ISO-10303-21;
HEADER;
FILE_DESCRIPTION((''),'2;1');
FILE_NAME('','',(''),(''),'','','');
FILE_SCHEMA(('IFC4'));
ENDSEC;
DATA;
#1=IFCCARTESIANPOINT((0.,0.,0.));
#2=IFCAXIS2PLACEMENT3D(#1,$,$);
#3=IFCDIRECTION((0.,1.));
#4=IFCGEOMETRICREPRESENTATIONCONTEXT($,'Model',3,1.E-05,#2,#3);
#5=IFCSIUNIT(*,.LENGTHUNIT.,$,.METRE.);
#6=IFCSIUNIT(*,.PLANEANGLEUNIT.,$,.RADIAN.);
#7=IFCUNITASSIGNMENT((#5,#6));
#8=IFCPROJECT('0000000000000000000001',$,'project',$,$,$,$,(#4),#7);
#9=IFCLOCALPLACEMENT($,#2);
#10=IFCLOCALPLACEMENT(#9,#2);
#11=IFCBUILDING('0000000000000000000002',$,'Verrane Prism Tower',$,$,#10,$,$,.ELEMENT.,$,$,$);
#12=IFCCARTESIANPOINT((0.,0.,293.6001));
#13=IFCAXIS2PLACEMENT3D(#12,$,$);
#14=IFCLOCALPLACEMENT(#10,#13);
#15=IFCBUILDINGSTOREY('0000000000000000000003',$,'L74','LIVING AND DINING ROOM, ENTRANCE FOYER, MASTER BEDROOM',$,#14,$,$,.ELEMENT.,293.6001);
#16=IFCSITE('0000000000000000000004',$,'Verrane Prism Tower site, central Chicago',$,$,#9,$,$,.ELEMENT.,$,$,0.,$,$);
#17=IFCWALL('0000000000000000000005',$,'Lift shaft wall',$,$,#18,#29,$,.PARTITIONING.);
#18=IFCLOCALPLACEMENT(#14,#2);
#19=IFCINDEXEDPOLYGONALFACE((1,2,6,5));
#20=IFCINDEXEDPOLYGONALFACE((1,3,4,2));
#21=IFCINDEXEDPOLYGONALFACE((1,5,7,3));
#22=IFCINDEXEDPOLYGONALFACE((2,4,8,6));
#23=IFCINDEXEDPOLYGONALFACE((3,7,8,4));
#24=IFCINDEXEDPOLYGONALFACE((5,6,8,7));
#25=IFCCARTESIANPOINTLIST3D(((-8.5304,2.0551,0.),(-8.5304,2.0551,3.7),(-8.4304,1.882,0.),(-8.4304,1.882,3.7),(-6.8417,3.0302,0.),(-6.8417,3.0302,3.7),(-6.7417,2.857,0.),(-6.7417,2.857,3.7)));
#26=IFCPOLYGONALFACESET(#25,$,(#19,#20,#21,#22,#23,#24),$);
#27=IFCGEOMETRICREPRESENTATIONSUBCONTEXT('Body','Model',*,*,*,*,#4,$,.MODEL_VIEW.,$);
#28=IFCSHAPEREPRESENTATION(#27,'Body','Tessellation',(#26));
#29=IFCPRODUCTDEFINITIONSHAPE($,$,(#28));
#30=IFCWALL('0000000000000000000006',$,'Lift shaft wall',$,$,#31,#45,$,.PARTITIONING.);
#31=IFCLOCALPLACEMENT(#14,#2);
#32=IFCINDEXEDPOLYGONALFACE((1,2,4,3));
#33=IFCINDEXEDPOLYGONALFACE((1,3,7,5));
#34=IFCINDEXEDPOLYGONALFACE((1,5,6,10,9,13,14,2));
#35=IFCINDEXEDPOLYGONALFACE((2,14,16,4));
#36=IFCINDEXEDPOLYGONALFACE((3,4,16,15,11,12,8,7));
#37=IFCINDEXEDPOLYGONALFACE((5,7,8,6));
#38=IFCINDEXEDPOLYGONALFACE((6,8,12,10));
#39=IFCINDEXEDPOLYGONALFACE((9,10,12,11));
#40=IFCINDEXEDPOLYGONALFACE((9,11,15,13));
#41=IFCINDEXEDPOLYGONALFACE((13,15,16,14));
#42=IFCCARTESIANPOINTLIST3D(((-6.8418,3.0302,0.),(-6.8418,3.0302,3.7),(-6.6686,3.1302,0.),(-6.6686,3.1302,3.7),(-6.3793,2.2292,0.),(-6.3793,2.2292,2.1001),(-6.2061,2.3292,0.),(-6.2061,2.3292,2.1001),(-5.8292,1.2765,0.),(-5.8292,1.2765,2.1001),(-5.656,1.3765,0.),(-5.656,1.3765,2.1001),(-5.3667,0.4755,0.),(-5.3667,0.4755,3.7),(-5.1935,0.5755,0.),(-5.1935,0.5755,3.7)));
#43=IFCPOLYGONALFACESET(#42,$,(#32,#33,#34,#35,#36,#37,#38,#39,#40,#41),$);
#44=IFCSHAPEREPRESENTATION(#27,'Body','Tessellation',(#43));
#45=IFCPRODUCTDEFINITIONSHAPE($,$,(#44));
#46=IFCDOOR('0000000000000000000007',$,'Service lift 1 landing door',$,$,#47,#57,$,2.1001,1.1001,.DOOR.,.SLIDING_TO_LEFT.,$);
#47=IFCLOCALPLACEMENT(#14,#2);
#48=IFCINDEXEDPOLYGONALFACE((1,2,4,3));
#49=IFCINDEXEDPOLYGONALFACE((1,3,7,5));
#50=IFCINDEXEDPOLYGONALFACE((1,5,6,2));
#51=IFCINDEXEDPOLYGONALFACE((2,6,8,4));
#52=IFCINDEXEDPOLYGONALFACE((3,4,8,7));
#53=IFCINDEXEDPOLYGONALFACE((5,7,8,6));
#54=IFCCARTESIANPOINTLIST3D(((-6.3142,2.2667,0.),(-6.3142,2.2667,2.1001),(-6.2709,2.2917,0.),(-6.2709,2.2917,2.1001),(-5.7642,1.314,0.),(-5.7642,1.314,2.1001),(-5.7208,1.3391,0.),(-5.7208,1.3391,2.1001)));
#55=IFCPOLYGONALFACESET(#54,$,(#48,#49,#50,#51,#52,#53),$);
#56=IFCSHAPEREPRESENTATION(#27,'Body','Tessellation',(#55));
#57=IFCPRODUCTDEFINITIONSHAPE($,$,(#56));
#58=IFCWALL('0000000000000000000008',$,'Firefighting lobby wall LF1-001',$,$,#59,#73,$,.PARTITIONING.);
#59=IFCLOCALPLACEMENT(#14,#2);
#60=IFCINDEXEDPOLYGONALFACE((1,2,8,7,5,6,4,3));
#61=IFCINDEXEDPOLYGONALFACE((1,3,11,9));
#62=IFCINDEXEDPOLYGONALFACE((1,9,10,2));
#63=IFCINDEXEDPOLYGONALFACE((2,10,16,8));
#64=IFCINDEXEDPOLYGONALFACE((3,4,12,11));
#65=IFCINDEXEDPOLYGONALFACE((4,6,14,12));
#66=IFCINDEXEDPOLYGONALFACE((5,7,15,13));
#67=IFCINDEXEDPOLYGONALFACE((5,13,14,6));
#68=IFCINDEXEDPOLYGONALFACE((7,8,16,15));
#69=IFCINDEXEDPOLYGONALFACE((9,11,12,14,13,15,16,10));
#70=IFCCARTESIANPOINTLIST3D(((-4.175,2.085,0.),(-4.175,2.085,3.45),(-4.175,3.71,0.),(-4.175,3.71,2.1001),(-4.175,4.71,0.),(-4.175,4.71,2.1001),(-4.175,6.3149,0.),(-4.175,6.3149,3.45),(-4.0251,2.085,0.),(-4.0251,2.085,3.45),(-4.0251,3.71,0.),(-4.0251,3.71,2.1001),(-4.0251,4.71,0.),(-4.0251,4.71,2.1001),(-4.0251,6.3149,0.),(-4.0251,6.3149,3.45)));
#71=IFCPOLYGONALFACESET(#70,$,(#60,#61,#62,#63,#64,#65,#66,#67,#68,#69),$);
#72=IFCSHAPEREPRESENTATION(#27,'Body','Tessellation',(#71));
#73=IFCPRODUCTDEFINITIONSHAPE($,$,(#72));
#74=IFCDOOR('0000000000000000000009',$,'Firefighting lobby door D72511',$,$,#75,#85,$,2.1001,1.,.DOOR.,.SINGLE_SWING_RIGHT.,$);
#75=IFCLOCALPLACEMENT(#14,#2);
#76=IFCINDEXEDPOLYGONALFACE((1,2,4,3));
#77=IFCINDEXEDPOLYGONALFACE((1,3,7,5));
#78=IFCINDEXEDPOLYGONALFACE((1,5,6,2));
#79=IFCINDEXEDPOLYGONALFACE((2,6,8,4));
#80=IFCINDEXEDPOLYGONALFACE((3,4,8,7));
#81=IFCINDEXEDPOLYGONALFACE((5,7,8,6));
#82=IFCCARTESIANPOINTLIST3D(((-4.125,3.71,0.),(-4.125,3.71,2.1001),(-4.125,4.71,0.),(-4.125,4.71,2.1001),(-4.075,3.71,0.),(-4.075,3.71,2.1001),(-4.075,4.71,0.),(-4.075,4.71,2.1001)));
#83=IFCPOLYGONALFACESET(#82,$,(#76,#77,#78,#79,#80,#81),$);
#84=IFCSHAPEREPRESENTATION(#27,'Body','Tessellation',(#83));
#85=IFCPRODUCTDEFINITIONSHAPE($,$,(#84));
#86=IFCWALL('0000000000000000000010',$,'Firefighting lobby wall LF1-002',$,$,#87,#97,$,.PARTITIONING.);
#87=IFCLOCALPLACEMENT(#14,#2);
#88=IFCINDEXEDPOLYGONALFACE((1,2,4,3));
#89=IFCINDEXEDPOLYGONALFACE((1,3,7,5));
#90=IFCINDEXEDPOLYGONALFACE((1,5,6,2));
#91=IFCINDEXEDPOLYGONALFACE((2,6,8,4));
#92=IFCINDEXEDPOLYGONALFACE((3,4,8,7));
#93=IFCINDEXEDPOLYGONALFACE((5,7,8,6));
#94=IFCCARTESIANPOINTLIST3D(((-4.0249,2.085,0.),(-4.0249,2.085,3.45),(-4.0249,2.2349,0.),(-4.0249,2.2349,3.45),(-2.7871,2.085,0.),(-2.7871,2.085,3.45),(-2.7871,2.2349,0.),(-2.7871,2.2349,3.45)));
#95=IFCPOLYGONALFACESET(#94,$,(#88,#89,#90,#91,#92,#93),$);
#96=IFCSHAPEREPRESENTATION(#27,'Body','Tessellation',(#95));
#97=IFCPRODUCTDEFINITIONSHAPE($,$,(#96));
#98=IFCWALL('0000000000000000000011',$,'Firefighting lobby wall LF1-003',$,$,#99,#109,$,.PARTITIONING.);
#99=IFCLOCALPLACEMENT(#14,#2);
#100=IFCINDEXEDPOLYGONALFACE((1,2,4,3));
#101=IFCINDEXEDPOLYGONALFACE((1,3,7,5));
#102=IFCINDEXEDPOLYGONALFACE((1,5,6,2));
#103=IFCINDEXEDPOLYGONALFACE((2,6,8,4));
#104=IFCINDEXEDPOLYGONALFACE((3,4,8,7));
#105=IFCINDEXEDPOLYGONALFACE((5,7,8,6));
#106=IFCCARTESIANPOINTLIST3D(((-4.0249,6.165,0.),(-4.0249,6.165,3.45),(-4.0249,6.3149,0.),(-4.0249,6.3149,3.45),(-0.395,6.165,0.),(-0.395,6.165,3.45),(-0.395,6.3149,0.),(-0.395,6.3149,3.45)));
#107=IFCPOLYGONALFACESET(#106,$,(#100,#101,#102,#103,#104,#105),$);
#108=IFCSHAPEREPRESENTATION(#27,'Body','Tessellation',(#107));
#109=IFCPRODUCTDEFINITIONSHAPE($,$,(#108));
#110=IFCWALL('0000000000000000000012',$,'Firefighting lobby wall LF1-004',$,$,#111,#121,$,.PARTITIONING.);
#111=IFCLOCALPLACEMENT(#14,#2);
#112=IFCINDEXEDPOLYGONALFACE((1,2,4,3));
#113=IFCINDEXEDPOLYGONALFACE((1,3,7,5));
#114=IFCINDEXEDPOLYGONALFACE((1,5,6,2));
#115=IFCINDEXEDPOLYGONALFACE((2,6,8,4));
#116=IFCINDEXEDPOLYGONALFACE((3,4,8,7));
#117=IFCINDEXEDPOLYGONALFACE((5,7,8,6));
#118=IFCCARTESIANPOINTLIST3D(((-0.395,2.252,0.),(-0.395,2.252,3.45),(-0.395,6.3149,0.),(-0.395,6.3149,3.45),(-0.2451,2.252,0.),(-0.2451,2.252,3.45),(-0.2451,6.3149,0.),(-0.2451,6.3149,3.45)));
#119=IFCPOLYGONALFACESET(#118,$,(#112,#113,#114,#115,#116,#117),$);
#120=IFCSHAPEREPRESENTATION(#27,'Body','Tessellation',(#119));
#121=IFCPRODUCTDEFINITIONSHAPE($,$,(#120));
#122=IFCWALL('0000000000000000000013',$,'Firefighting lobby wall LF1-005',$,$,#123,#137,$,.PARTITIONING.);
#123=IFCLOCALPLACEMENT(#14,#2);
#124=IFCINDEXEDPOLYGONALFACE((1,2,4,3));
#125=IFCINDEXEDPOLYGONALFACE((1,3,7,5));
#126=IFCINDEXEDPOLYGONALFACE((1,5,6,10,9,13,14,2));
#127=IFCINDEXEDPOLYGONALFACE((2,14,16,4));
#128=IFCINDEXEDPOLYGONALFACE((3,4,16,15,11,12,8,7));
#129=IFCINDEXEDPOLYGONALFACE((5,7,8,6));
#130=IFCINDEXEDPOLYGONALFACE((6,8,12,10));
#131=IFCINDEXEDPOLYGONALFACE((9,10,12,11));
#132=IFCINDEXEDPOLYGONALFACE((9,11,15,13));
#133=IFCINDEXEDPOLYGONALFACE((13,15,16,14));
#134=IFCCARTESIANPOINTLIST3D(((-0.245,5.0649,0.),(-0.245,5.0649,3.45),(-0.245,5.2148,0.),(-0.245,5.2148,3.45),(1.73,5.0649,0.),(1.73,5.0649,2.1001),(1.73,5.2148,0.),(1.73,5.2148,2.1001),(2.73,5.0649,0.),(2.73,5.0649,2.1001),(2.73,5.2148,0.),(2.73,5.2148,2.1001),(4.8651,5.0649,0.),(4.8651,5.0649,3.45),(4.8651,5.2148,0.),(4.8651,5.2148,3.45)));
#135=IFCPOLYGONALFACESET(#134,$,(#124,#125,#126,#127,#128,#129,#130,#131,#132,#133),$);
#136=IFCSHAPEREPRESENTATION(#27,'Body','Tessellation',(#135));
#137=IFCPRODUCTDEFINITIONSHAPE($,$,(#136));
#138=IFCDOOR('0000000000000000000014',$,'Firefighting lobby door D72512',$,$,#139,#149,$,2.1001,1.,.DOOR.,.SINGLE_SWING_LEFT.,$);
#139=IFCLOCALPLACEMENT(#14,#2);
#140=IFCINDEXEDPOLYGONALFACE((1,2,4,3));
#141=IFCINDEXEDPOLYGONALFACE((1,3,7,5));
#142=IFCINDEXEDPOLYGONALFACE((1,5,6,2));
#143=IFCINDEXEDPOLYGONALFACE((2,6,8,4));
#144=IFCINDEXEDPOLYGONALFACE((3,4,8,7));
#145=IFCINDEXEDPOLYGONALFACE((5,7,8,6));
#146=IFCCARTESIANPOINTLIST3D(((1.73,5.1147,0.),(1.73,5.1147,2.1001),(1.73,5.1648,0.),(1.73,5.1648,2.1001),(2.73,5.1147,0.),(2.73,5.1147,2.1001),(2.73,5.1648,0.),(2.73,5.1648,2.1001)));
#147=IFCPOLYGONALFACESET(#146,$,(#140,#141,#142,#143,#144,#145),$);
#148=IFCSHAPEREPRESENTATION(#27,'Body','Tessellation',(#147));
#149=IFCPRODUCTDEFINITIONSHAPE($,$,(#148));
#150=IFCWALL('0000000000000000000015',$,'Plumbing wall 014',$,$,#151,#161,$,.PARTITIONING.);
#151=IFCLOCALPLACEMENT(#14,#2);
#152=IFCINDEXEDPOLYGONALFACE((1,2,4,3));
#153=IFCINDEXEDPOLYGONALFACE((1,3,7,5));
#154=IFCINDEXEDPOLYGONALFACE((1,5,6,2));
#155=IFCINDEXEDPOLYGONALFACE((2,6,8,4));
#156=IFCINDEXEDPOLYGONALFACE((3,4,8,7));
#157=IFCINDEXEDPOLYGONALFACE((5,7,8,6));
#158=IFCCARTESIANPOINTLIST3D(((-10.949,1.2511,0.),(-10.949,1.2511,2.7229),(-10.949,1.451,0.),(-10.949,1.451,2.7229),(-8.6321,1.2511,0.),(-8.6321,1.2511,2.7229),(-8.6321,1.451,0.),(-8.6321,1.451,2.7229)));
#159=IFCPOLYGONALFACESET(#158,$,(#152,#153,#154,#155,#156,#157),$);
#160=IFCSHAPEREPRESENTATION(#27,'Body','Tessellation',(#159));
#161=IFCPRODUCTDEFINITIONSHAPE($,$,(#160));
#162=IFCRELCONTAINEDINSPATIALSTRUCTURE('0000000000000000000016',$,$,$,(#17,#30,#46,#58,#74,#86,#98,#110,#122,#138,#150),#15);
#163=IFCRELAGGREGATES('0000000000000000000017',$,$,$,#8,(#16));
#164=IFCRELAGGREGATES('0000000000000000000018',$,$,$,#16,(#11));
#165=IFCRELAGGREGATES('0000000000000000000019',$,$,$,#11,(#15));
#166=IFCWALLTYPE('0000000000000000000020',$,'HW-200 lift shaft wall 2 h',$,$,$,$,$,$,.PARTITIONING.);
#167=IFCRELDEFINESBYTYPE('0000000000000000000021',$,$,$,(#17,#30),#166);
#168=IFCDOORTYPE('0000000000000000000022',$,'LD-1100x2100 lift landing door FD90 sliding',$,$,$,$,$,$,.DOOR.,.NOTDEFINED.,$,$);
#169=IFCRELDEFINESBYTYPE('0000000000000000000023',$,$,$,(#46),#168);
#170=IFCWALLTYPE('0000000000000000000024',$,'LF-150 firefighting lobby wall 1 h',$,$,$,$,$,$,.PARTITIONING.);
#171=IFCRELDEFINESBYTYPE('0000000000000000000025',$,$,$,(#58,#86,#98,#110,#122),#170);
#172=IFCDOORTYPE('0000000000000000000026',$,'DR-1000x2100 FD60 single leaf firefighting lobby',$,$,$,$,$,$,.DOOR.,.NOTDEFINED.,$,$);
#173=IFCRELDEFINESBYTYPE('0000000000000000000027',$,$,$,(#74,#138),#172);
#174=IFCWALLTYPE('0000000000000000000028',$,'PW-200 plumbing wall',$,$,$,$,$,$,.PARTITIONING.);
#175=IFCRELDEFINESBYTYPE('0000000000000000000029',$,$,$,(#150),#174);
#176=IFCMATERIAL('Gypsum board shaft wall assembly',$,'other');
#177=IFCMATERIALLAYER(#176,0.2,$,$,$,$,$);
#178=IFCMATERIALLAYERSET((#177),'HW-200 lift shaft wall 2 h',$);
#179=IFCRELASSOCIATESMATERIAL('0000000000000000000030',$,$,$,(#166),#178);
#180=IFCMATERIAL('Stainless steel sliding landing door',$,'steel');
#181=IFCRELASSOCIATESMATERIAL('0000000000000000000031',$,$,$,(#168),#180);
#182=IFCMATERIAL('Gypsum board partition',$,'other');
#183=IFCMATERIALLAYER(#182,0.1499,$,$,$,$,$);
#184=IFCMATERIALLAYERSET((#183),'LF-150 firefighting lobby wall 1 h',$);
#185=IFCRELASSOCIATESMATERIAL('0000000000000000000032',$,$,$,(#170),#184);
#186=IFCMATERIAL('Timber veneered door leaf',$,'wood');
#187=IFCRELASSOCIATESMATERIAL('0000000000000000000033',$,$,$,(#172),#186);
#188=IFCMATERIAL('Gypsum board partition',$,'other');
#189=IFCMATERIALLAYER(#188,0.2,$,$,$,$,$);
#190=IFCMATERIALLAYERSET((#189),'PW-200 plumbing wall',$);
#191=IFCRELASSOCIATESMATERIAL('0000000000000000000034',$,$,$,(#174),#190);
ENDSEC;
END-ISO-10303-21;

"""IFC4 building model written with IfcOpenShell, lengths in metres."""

from ifc_helpers import new_model, si_unit, direction, frame, frame_2d, origin, place, context, subcontext, project, spatial, rectangle, extrude, material, layer, layer_set, type_object, element, fill, save


model = new_model("IFC4")

# Units and contexts
model_context = context("Model", 3, precision=1e-05, world=origin(), true_north=direction((0.0, 1.0)))
body_context = subcontext(model_context, "Body", "Model", "MODEL_VIEW")
ifc_project = project(units=[si_unit("LENGTHUNIT", "METRE"), si_unit("PLANEANGLEUNIT", "RADIAN")], contexts=[model_context])

# Site, building, storey
site_placement = place(None, origin())
site = spatial("IfcSite", under=ifc_project, at=site_placement, Name="Verrane Prism Tower site, central Chicago", CompositionType="ELEMENT", RefElevation=0.0)
building_placement = place(site_placement, origin())
building = spatial("IfcBuilding", under=site, at=building_placement, Name="Verrane Prism Tower", CompositionType="ELEMENT")
storey_placement = place(building_placement, frame((0.0, 0.0, 293.6001)))
storey = spatial("IfcBuildingStorey", under=building, at=storey_placement, Name="L74", Description="LIVING AND DINING ROOM, ENTRANCE FOYER, MASTER BEDROOM", CompositionType="ELEMENT", Elevation=293.6001)

# Shared definitions
ifc_material_1 = material(Name="Gypsum board shaft wall assembly", Category="other")
ifc_layer_1 = layer(ifc_material_1, 0.2)
ifc_layer_set_1 = layer_set([ifc_layer_1], Name="HW-200 lift shaft wall 2 h")
wall_type_1 = type_object("IfcWallType", Name="HW-200 lift shaft wall 2 h", PredefinedType="PARTITIONING", material=ifc_layer_set_1)
ifc_material_2 = material(Name="Stainless steel sliding landing door", Category="steel")
door_type_1 = type_object("IfcDoorType", Name="LD-1100x2100 lift landing door FD90 sliding", OperationType="NOTDEFINED", PredefinedType="DOOR", material=ifc_material_2)

# Wall
wall_1_placement = place(storey_placement, frame((-8.4805, 1.9685, 0.0), z_axis=(0.0, 0.0, 1.0), x_axis=(0.866, 0.500044, 0.0)))
element("IfcWall", 1, at=wall_1_placement, inside=storey, type_object=wall_type_1, Name="Lift shaft wall", PredefinedType="PARTITIONING", context=body_context, shape_type="SweptSolid", body=[
    extrude(rectangle(XDim=1.95, YDim=0.2, at=frame_2d((0.9751, 0.0))), origin(), (0.0, 0.0, 1.0), 3.7),
])

# Walls, openings, doors
wall_2_placement = place(storey_placement, frame((-5.28, 0.5254, 0.0), z_axis=(0.0, 0.0, 1.0), x_axis=(-0.500038, 0.866004, 0.0)))
wall_2 = element("IfcWall", 2, at=wall_2_placement, inside=storey, type_object=wall_type_1, Name="Lift shaft wall", PredefinedType="PARTITIONING", context=body_context, shape_type="SweptSolid", body=[
    extrude(rectangle(XDim=2.95, YDim=0.2, at=frame_2d((1.4751, 0.0))), origin(), (0.0, 0.0, 1.0), 3.7),
])
opening_1_placement = place(wall_2_placement, frame((0.925, 0.0, 0.0)))
opening_1 = element("IfcOpeningElement", 3, at=opening_1_placement, cuts=wall_2, PredefinedType="OPENING", context=body_context, shape_type="SweptSolid", body=[
    extrude(rectangle(XDim=1.1001, YDim=2.1001, at=frame_2d((0.55, 1.05))), frame((0.0, 0.1099, 0.0), z_axis=(0.0, -1.0, 0.0), x_axis=(1.0, 0.0, 0.0)), (0.0, 0.0, 1.0), 0.22),
])
door_1_placement = place(opening_1_placement, origin())
door_1 = element("IfcDoor", 4, at=door_1_placement, inside=storey, type_object=door_type_1, Name="Service lift 1 landing door", OperationType="SLIDING_TO_LEFT", OverallHeight=2.1001, OverallWidth=1.1001, PredefinedType="DOOR", context=body_context, shape_type="SweptSolid", body=[
    extrude(rectangle(XDim=1.1001, YDim=2.1001, at=frame_2d((0.55, 1.05))), frame((0.0, 0.0249, 0.0), z_axis=(0.0, -1.0, 0.0), x_axis=(1.0, 0.0, 0.0)), (0.0, 0.0, 1.0), 0.05),
])
fill(opening_1, door_1)
ifc_material_3 = material(Name="Gypsum board partition", Category="other")
ifc_layer_2 = layer(ifc_material_3, 0.1499)
ifc_layer_set_2 = layer_set([ifc_layer_2], Name="LF-150 firefighting lobby wall 1 h")
wall_type_2 = type_object("IfcWallType", Name="LF-150 firefighting lobby wall 1 h", PredefinedType="PARTITIONING", material=ifc_layer_set_2)
wall_3_placement = place(storey_placement, frame((-4.1001, 2.085, 0.0), z_axis=(0.0, 0.0, 1.0), x_axis=(0.0, 1.0, 0.0)))
wall_3 = element("IfcWall", 5, at=wall_3_placement, inside=storey, type_object=wall_type_2, Name="Firefighting lobby wall LF1-001", PredefinedType="PARTITIONING", context=body_context, shape_type="SweptSolid", body=[
    extrude(rectangle(XDim=4.23, YDim=0.1499, at=frame_2d((2.115, 0.0))), origin(), (0.0, 0.0, 1.0), 3.45),
])
opening_2_placement = place(wall_3_placement, frame((1.625, 0.0, 0.0)))
opening_2 = element("IfcOpeningElement", 6, at=opening_2_placement, cuts=wall_3, PredefinedType="OPENING", context=body_context, shape_type="SweptSolid", body=[
    extrude(rectangle(XDim=1.0, YDim=2.1001, at=frame_2d((0.5, 1.05))), frame((0.0, 0.085, 0.0), z_axis=(0.0, -1.0, 0.0), x_axis=(1.0, 0.0, 0.0)), (0.0, 0.0, 1.0), 0.1699),
])
ifc_material_4 = material(Name="Timber veneered door leaf", Category="wood")
door_type_2 = type_object("IfcDoorType", Name="DR-1000x2100 FD60 single leaf firefighting lobby", OperationType="NOTDEFINED", PredefinedType="DOOR", material=ifc_material_4)
door_2_placement = place(opening_2_placement, origin())
door_2 = element("IfcDoor", 7, at=door_2_placement, inside=storey, type_object=door_type_2, Name="Firefighting lobby door D72511", OperationType="SINGLE_SWING_RIGHT", OverallHeight=2.1001, OverallWidth=1.0, PredefinedType="DOOR", context=body_context, shape_type="SweptSolid", body=[
    extrude(rectangle(XDim=1.0, YDim=2.1001, at=frame_2d((0.5, 1.05))), frame((0.0, 0.0249, 0.0), z_axis=(0.0, -1.0, 0.0), x_axis=(1.0, 0.0, 0.0)), (0.0, 0.0, 1.0), 0.05),
])
fill(opening_2, door_2)

# Walls
wall_4_placement = place(storey_placement, frame((-4.0249, 2.1599, 0.0), z_axis=(0.0, 0.0, 1.0), x_axis=(1.0, 0.0, 0.0)))
element("IfcWall", 8, at=wall_4_placement, inside=storey, type_object=wall_type_2, Name="Firefighting lobby wall LF1-002", PredefinedType="PARTITIONING", context=body_context, shape_type="SweptSolid", body=[
    extrude(rectangle(XDim=1.2378, YDim=0.1499, at=frame_2d((0.6189, 0.0))), origin(), (0.0, 0.0, 1.0), 3.45),
])
wall_5_placement = place(storey_placement, frame((-4.0249, 6.24, 0.0), z_axis=(0.0, 0.0, 1.0), x_axis=(1.0, 0.0, 0.0)))
element("IfcWall", 9, at=wall_5_placement, inside=storey, type_object=wall_type_2, Name="Firefighting lobby wall LF1-003", PredefinedType="PARTITIONING", context=body_context, shape_type="SweptSolid", body=[
    extrude(rectangle(XDim=3.6299, YDim=0.1499, at=frame_2d((1.8149, 0.0))), origin(), (0.0, 0.0, 1.0), 3.45),
])
wall_6_placement = place(storey_placement, frame((-0.3201, 2.252, 0.0), z_axis=(0.0, 0.0, 1.0), x_axis=(0.0, 1.0, 0.0)))
element("IfcWall", 10, at=wall_6_placement, inside=storey, type_object=wall_type_2, Name="Firefighting lobby wall LF1-004", PredefinedType="PARTITIONING", context=body_context, shape_type="SweptSolid", body=[
    extrude(rectangle(XDim=4.063, YDim=0.1499, at=frame_2d((2.0315, 0.0))), origin(), (0.0, 0.0, 1.0), 3.45),
])

# Wall, opening, door
wall_7_placement = place(storey_placement, frame((-0.2451, 5.1399, 0.0), z_axis=(0.0, 0.0, 1.0), x_axis=(1.0, 0.0, 0.0)))
wall_7 = element("IfcWall", 11, at=wall_7_placement, inside=storey, type_object=wall_type_2, Name="Firefighting lobby wall LF1-005", PredefinedType="PARTITIONING", context=body_context, shape_type="SweptSolid", body=[
    extrude(rectangle(XDim=5.1101, YDim=0.1499, at=frame_2d((2.5552, 0.0))), origin(), (0.0, 0.0, 1.0), 3.45),
])
opening_3_placement = place(wall_7_placement, frame((1.9751, 0.0, 0.0)))
opening_3 = element("IfcOpeningElement", 12, at=opening_3_placement, cuts=wall_7, PredefinedType="OPENING", context=body_context, shape_type="SweptSolid", body=[
    extrude(rectangle(XDim=1.0, YDim=2.1001, at=frame_2d((0.5, 1.05))), frame((0.0, 0.085, 0.0), z_axis=(0.0, -1.0, 0.0), x_axis=(1.0, 0.0, 0.0)), (0.0, 0.0, 1.0), 0.1699),
])
door_3_placement = place(opening_3_placement, origin())
door_3 = element("IfcDoor", 13, at=door_3_placement, inside=storey, type_object=door_type_2, Name="Firefighting lobby door D72512", OperationType="SINGLE_SWING_LEFT", OverallHeight=2.1001, OverallWidth=1.0, PredefinedType="DOOR", context=body_context, shape_type="SweptSolid", body=[
    extrude(rectangle(XDim=1.0, YDim=2.1001, at=frame_2d((0.5, 1.05))), frame((0.0, 0.0249, 0.0), z_axis=(0.0, -1.0, 0.0), x_axis=(1.0, 0.0, 0.0)), (0.0, 0.0, 1.0), 0.05),
])
fill(opening_3, door_3)

# Wall
ifc_material_5 = material(Name="Gypsum board partition", Category="other")
ifc_layer_3 = layer(ifc_material_5, 0.2)
ifc_layer_set_3 = layer_set([ifc_layer_3], Name="PW-200 plumbing wall")
wall_type_3 = type_object("IfcWallType", Name="PW-200 plumbing wall", PredefinedType="PARTITIONING", material=ifc_layer_set_3)
wall_8_placement = place(storey_placement, frame((-10.949, 1.3511, 0.0), z_axis=(0.0, 0.0, 1.0), x_axis=(1.0, 0.0, 0.0)))
element("IfcWall", 14, at=wall_8_placement, inside=storey, type_object=wall_type_3, Name="Plumbing wall 014", PredefinedType="PARTITIONING", context=body_context, shape_type="SweptSolid", body=[
    extrude(rectangle(XDim=2.3169, YDim=0.2, at=frame_2d((1.1584, 0.0))), origin(), (0.0, 0.0, 1.0), 2.7229),
])

save(model, "model.ifc")
